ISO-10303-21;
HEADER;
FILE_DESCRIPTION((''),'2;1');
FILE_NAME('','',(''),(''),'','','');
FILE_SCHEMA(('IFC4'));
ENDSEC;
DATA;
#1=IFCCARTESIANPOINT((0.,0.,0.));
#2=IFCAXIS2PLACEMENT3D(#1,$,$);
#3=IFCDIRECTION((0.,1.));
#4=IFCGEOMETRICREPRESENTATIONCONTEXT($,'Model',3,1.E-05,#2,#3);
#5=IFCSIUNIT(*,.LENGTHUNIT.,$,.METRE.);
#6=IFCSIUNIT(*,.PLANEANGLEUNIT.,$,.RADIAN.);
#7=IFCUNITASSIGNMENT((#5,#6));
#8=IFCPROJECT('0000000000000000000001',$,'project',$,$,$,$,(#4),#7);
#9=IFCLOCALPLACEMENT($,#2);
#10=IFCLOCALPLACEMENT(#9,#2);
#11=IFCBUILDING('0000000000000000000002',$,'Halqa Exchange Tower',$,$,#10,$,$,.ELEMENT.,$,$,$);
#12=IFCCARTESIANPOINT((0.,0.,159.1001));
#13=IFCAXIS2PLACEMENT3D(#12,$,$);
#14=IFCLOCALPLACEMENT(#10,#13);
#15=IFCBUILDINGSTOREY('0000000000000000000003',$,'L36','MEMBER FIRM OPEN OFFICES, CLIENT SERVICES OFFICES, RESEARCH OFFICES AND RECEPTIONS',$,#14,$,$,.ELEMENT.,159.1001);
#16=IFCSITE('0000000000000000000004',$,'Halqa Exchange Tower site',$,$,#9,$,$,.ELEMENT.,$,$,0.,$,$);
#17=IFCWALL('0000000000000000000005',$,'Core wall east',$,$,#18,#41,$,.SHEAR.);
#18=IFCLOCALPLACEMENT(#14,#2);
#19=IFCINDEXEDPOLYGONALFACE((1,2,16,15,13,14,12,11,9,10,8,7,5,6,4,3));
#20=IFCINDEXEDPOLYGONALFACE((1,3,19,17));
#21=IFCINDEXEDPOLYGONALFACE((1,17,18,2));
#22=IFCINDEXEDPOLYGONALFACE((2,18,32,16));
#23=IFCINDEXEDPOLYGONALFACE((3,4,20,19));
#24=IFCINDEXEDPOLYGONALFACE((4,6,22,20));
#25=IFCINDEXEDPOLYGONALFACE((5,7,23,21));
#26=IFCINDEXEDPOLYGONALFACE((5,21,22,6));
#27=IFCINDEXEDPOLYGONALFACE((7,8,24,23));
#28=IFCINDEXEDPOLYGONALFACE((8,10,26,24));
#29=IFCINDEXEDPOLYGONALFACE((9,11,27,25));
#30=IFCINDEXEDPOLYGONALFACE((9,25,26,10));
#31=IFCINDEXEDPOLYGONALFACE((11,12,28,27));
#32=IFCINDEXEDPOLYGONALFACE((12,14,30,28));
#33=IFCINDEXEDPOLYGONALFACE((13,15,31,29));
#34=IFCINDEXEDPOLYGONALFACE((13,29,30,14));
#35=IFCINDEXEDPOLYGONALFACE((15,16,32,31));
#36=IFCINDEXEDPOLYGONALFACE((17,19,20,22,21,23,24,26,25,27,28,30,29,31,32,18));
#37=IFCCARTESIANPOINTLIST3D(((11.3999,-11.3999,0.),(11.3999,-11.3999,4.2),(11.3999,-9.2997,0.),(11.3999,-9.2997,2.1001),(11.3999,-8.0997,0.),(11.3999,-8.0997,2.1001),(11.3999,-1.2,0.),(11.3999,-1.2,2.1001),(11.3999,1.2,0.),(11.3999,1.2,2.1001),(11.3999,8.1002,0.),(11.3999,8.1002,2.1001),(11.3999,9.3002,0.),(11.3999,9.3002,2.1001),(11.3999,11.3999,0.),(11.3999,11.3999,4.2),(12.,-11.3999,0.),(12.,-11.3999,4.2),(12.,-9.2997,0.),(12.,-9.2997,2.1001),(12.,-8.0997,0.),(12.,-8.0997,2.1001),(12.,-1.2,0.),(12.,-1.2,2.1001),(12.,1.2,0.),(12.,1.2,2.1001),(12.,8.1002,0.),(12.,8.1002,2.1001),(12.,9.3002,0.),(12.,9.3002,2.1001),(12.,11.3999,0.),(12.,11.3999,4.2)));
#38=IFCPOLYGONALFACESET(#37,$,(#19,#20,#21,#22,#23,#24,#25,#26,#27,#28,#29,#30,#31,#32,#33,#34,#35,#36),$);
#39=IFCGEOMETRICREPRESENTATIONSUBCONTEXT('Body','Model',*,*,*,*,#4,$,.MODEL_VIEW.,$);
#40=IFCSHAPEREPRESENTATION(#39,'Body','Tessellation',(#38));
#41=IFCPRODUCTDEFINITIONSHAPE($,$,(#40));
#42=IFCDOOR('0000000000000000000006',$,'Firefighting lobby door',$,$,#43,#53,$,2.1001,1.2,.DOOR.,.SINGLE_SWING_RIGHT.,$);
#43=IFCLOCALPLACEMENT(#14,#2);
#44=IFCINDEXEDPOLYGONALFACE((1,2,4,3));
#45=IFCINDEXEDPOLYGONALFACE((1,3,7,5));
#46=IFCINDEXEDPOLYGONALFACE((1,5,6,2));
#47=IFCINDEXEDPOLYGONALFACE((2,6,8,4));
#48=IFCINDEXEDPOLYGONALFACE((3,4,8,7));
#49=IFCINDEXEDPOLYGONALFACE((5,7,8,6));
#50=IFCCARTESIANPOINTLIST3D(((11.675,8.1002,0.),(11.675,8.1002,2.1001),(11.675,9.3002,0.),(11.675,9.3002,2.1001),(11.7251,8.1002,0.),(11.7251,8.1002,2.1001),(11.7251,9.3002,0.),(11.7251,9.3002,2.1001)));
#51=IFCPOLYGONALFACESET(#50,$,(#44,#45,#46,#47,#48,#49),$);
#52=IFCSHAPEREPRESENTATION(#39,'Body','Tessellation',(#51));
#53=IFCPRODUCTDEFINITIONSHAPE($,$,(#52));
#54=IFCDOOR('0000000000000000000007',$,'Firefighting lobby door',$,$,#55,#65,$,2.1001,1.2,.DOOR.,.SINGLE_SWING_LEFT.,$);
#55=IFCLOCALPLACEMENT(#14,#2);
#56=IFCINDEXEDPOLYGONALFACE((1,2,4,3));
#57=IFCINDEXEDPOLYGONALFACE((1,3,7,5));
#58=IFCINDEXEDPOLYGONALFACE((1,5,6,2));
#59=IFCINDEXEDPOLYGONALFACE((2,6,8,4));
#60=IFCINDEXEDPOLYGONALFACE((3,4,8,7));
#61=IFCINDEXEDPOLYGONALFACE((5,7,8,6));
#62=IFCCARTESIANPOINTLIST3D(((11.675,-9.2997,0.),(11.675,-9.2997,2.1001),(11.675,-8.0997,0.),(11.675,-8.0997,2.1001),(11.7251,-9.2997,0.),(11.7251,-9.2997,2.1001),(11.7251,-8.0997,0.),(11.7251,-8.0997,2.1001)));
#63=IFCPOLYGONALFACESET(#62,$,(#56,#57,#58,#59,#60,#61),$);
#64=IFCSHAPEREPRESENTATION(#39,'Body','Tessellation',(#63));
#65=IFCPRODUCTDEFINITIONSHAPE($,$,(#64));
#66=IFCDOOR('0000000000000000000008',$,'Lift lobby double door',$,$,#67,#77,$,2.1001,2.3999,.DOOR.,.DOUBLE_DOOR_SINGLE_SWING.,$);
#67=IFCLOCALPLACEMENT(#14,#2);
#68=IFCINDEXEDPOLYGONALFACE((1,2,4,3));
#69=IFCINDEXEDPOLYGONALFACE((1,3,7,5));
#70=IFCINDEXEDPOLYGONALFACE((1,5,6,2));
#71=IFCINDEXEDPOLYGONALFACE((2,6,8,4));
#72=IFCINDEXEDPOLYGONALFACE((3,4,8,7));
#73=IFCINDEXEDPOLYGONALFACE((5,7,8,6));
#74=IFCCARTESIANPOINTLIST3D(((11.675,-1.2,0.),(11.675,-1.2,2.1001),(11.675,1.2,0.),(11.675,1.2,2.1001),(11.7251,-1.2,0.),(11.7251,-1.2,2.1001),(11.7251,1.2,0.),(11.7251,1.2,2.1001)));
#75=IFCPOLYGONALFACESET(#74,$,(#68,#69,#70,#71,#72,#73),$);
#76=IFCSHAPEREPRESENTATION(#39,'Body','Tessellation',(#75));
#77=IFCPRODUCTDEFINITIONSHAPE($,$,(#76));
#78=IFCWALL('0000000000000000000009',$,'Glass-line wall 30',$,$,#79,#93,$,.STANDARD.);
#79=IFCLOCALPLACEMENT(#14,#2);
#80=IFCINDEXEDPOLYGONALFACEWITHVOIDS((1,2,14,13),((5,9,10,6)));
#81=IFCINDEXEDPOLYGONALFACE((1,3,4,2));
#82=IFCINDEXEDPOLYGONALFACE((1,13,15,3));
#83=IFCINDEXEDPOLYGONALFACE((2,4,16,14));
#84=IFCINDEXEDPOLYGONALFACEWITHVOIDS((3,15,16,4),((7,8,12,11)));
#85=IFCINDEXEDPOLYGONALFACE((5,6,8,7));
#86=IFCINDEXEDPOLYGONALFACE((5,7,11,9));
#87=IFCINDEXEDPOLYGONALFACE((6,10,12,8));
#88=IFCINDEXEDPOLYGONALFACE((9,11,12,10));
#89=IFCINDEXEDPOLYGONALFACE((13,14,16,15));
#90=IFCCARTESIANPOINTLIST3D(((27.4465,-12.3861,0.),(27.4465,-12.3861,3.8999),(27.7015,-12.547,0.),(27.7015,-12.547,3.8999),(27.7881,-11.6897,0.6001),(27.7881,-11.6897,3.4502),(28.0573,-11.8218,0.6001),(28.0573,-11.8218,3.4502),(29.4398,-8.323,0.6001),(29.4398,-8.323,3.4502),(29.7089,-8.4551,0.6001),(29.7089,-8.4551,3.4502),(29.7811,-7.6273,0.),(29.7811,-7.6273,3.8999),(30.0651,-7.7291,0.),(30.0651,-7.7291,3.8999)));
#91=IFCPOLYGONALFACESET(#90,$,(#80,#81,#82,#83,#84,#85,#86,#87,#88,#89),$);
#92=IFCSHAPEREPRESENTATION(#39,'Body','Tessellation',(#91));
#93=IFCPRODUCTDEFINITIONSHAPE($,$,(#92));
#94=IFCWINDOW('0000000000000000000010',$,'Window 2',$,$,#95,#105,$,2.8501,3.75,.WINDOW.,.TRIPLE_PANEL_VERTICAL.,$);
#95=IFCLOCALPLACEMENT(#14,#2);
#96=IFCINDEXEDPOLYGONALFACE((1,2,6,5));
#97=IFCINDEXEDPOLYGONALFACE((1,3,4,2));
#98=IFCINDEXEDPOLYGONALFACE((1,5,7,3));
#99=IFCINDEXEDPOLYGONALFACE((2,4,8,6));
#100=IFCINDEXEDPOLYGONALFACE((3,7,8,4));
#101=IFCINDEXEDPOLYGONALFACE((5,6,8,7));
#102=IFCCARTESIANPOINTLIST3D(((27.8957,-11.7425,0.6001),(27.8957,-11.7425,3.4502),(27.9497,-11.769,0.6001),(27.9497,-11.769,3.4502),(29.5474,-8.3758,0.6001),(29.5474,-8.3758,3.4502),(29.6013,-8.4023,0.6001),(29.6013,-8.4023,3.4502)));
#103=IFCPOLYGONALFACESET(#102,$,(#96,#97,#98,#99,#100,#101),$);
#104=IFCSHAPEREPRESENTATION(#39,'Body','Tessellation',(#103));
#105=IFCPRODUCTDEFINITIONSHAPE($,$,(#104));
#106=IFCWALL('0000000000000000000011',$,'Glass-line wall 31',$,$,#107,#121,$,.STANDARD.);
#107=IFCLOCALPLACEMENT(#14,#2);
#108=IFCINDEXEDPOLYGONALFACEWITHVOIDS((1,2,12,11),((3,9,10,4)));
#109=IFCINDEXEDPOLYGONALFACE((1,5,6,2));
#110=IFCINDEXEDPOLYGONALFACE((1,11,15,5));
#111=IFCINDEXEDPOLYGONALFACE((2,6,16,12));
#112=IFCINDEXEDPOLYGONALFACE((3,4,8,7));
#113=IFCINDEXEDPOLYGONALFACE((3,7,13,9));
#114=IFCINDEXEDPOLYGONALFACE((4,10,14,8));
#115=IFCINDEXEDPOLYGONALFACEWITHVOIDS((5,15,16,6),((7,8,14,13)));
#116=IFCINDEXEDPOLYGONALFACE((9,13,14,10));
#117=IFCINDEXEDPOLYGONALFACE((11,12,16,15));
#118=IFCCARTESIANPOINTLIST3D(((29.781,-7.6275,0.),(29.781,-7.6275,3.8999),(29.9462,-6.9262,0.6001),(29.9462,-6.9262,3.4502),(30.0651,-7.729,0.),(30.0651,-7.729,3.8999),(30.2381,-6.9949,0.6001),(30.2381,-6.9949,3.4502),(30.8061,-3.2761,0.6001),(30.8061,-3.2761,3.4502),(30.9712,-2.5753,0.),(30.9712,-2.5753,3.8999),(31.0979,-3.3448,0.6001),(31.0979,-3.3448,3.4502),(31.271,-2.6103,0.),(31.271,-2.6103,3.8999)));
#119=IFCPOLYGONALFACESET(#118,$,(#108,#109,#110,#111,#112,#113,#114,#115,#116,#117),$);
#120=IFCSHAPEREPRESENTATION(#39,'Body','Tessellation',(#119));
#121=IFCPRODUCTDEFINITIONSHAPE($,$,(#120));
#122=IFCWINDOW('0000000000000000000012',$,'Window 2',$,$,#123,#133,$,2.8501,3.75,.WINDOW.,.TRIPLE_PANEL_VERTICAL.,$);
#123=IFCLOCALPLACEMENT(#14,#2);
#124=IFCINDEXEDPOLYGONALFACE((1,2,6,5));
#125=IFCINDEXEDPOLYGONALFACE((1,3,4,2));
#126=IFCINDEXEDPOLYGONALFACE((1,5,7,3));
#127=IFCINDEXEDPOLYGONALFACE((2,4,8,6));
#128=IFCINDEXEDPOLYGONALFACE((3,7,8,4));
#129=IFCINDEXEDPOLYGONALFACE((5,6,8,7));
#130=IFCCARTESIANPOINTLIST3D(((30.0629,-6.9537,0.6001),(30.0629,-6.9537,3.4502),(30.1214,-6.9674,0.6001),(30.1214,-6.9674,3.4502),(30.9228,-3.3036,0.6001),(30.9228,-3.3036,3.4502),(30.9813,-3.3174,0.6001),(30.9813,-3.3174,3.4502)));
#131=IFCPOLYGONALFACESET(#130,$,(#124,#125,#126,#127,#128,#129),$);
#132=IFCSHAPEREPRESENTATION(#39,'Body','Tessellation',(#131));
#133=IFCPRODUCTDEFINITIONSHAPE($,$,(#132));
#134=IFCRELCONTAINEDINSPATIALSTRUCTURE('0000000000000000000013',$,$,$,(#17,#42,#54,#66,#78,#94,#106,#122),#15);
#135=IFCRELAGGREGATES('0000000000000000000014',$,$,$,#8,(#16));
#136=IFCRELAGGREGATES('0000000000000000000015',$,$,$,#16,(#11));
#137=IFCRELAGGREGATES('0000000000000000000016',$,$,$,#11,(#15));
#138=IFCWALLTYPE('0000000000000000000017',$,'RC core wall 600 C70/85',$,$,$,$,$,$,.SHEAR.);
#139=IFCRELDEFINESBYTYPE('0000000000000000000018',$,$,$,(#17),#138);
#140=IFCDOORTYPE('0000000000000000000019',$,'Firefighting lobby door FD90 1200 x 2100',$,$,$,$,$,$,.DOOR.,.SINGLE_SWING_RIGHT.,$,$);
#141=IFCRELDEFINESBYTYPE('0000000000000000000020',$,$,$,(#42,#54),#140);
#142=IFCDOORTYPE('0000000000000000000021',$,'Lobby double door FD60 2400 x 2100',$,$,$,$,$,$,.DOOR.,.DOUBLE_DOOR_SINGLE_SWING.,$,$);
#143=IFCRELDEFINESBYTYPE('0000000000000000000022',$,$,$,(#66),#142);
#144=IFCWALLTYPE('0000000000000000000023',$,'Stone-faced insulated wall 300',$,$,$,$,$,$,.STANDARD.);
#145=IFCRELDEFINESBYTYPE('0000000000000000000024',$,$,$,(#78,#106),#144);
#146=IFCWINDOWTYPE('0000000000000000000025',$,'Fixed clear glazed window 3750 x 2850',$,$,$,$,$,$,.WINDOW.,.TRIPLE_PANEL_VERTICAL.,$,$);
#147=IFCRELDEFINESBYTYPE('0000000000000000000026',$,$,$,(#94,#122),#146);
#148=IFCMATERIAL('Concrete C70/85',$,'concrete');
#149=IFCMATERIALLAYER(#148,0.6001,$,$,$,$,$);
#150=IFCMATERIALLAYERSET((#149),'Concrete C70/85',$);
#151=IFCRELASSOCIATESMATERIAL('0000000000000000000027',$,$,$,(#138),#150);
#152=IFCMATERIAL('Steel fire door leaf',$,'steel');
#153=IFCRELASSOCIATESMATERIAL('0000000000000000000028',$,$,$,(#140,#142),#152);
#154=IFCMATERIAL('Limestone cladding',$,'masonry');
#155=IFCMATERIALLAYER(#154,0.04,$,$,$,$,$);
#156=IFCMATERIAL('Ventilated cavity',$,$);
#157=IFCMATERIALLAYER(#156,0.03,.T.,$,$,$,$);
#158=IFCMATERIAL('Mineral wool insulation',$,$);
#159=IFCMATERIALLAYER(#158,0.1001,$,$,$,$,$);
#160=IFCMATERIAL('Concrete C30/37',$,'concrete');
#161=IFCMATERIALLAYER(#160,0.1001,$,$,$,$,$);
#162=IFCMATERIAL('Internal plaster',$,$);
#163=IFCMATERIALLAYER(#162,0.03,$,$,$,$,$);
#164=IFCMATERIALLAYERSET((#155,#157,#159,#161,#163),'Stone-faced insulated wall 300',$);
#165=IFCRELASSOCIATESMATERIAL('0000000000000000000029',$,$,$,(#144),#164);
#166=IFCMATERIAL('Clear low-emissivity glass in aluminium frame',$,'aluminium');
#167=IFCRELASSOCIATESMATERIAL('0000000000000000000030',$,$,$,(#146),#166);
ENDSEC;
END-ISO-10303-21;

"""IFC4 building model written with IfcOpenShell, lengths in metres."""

from ifc_helpers import new_model, si_unit, direction, frame, frame_2d, origin, place, context, subcontext, project, spatial, polyline, rectangle, outline, extrude, material, layer, layer_set, type_object, element, fill, save


model = new_model("IFC4")

# Units and contexts
model_context = context("Model", 3, precision=1e-05, world=origin(), true_north=direction((0.0, 1.0)))
body_context = subcontext(model_context, "Body", "Model", "MODEL_VIEW")
ifc_project = project(units=[si_unit("LENGTHUNIT", "METRE"), si_unit("PLANEANGLEUNIT", "RADIAN")], contexts=[model_context])

# Site, building, storey
site_placement = place(None, origin())
site = spatial("IfcSite", under=ifc_project, at=site_placement, Name="Halqa Exchange Tower site", CompositionType="ELEMENT", RefElevation=0.0)
building_placement = place(site_placement, origin())
building = spatial("IfcBuilding", under=site, at=building_placement, Name="Halqa Exchange Tower", CompositionType="ELEMENT")
storey_placement = place(building_placement, frame((0.0, 0.0, 159.1001)))
storey = spatial("IfcBuildingStorey", under=building, at=storey_placement, Name="L36", Description="MEMBER FIRM OPEN OFFICES, CLIENT SERVICES OFFICES, RESEARCH OFFICES AND RECEPTIONS", CompositionType="ELEMENT", Elevation=159.1001)

# Shared definitions
ifc_material_1 = material(Name="Concrete C70/85", Category="concrete")

# Wall, openings, doors
ifc_layer_1 = layer(ifc_material_1, 0.6001)
ifc_layer_set_1 = layer_set([ifc_layer_1], Name="Concrete C70/85")
wall_type_1 = type_object("IfcWallType", Name="RC core wall 600 C70/85", PredefinedType="SHEAR", material=ifc_layer_set_1)
wall_1_placement = place(storey_placement, frame((11.7, -11.3999, 0.0), z_axis=(0.0, 0.0, 1.0), x_axis=(0.0, 1.0, 0.0)))
wall_1 = element("IfcWall", 1, at=wall_1_placement, inside=storey, type_object=wall_type_1, Name="Core wall east", PredefinedType="SHEAR", context=body_context, shape_type="SweptSolid", body=[
    extrude(rectangle(XDim=22.7998, YDim=0.6001, at=frame_2d((11.3999, 0.0))), origin(), (0.0, 0.0, 1.0), 4.2),
])
opening_1_placement = place(wall_1_placement, frame((10.2, 0.0, 0.0)))
opening_1 = element("IfcOpeningElement", 2, at=opening_1_placement, cuts=wall_1, PredefinedType="OPENING", context=body_context, shape_type="SweptSolid", body=[
    extrude(rectangle(XDim=2.3999, YDim=2.1001, at=frame_2d((1.2, 1.05))), frame((0.0, 0.312, 0.0), z_axis=(0.0, -1.0, 0.0), x_axis=(1.0, 0.0, 0.0)), (0.0, 0.0, 1.0), 0.624),
])
opening_2_placement = place(wall_1_placement, frame((19.5, 0.0, 0.0)))
opening_2 = element("IfcOpeningElement", 3, at=opening_2_placement, cuts=wall_1, PredefinedType="OPENING", context=body_context, shape_type="SweptSolid", body=[
    extrude(rectangle(XDim=1.2, YDim=2.1001, at=frame_2d((0.6001, 1.05))), frame((0.0, 0.312, 0.0), z_axis=(0.0, -1.0, 0.0), x_axis=(1.0, 0.0, 0.0)), (0.0, 0.0, 1.0), 0.624),
])
opening_3_placement = place(wall_1_placement, frame((2.1001, 0.0, 0.0)))
opening_3 = element("IfcOpeningElement", 4, at=opening_3_placement, cuts=wall_1, PredefinedType="OPENING", context=body_context, shape_type="SweptSolid", body=[
    extrude(rectangle(XDim=1.2, YDim=2.1001, at=frame_2d((0.6001, 1.05))), frame((0.0, 0.312, 0.0), z_axis=(0.0, -1.0, 0.0), x_axis=(1.0, 0.0, 0.0)), (0.0, 0.0, 1.0), 0.624),
])
ifc_material_2 = material(Name="Steel fire door leaf", Category="steel")
door_type_1 = type_object("IfcDoorType", Name="Firefighting lobby door FD90 1200 x 2100", OperationType="SINGLE_SWING_RIGHT", PredefinedType="DOOR", material=ifc_material_2)
door_1_placement = place(opening_2_placement, origin())
door_1 = element("IfcDoor", 5, at=door_1_placement, inside=storey, type_object=door_type_1, Name="Firefighting lobby door", OperationType="SINGLE_SWING_RIGHT", OverallHeight=2.1001, OverallWidth=1.2, PredefinedType="DOOR", context=body_context, shape_type="SweptSolid", body=[
    extrude(rectangle(XDim=1.2, YDim=2.1001, at=frame_2d((0.6001, 1.05))), frame((0.0, 0.0249, 0.0), z_axis=(0.0, -1.0, 0.0), x_axis=(1.0, 0.0, 0.0)), (0.0, 0.0, 1.0), 0.05),
])
fill(opening_2, door_1)
door_2_placement = place(opening_3_placement, origin())
door_2 = element("IfcDoor", 6, at=door_2_placement, inside=storey, type_object=door_type_1, Name="Firefighting lobby door", OperationType="SINGLE_SWING_LEFT", OverallHeight=2.1001, OverallWidth=1.2, PredefinedType="DOOR", context=body_context, shape_type="SweptSolid", body=[
    extrude(rectangle(XDim=1.2, YDim=2.1001, at=frame_2d((0.6001, 1.05))), frame((0.0, 0.0249, 0.0), z_axis=(0.0, -1.0, 0.0), x_axis=(1.0, 0.0, 0.0)), (0.0, 0.0, 1.0), 0.05),
])
fill(opening_3, door_2)
door_type_2 = type_object("IfcDoorType", Name="Lobby double door FD60 2400 x 2100", OperationType="DOUBLE_DOOR_SINGLE_SWING", PredefinedType="DOOR", material=ifc_material_2)
door_3_placement = place(opening_1_placement, origin())
door_3 = element("IfcDoor", 7, at=door_3_placement, inside=storey, type_object=door_type_2, Name="Lift lobby double door", OperationType="DOUBLE_DOOR_SINGLE_SWING", OverallHeight=2.1001, OverallWidth=2.3999, PredefinedType="DOOR", context=body_context, shape_type="SweptSolid", body=[
    extrude(rectangle(XDim=2.3999, YDim=2.1001, at=frame_2d((1.2, 1.05))), frame((0.0, 0.0249, 0.0), z_axis=(0.0, -1.0, 0.0), x_axis=(1.0, 0.0, 0.0)), (0.0, 0.0, 1.0), 0.05),
])
fill(opening_1, door_3)

# Walls, openings, windows
ifc_material_3 = material(Name="Limestone cladding", Category="masonry")
ifc_layer_2 = layer(ifc_material_3, 0.04)
ifc_material_4 = material(Name="Ventilated cavity")
ifc_layer_3 = layer(ifc_material_4, 0.03, ventilated=True)
ifc_material_5 = material(Name="Mineral wool insulation")
ifc_layer_4 = layer(ifc_material_5, 0.1001)
ifc_material_6 = material(Name="Concrete C30/37", Category="concrete")
ifc_layer_5 = layer(ifc_material_6, 0.1001)
ifc_material_7 = material(Name="Internal plaster")
ifc_layer_6 = layer(ifc_material_7, 0.03)
ifc_layer_set_2 = layer_set([ifc_layer_2, ifc_layer_3, ifc_layer_4, ifc_layer_5, ifc_layer_6], Name="Stone-faced insulated wall 300")
wall_type_2 = type_object("IfcWallType", Name="Stone-faced insulated wall 300", PredefinedType="STANDARD", material=ifc_layer_set_2)
wall_2_placement = place(storey_placement, frame((27.574, -12.4666, 0.0), z_axis=(0.0, 0.0, 1.0), x_axis=(0.440444, 0.89778, 0.0)))
wall_2 = element("IfcWall", 8, at=wall_2_placement, inside=storey, type_object=wall_type_2, Name="Glass-line wall 30", PredefinedType="STANDARD", context=body_context, shape_type="SweptSolid", body=[
    extrude(outline(polyline([(-0.0161, -0.1499), (5.3503, -0.1499), (5.3167, 0.1499), (0.0161, 0.1499), (-0.0161, -0.1499)])), origin(), (0.0, 0.0, 1.0), 3.8999),
])
opening_4_placement = place(wall_2_placement, frame((0.7917, 0.0, 0.6001)))
opening_4 = element("IfcOpeningElement", 9, at=opening_4_placement, cuts=wall_2, PredefinedType="OPENING", context=body_context, shape_type="SweptSolid", body=[
    extrude(rectangle(XDim=3.75, YDim=2.8501, at=frame_2d((1.875, 1.425))), frame((0.0, 0.1621, 0.0), z_axis=(0.0, -1.0, 0.0), x_axis=(1.0, 0.0, 0.0)), (0.0, 0.0, 1.0), 0.324),
])
ifc_material_8 = material(Name="Clear low-emissivity glass in aluminium frame", Category="aluminium")
window_type = type_object("IfcWindowType", Name="Fixed clear glazed window 3750 x 2850", PartitioningType="TRIPLE_PANEL_VERTICAL", PredefinedType="WINDOW", material=ifc_material_8)
window_1_placement = place(opening_4_placement, origin())
window_1 = element("IfcWindow", 10, at=window_1_placement, inside=storey, type_object=window_type, Name="Window 2", OverallHeight=2.8501, OverallWidth=3.75, PartitioningType="TRIPLE_PANEL_VERTICAL", PredefinedType="WINDOW", context=body_context, shape_type="SweptSolid", body=[
    extrude(rectangle(XDim=3.75, YDim=2.8501, at=frame_2d((1.875, 1.425))), frame((0.0, 0.03, 0.0), z_axis=(0.0, -1.0, 0.0), x_axis=(1.0, 0.0, 0.0)), (0.0, 0.0, 1.0), 0.0601),
])
fill(opening_4, window_1)
wall_3_placement = place(storey_placement, frame((29.9231, -7.6782, 0.0), z_axis=(0.0, 0.0, 1.0), x_axis=(0.229297, 0.973356, 0.0)))
wall_3 = element("IfcWall", 11, at=wall_3_placement, inside=storey, type_object=wall_type_2, Name="Glass-line wall 31", PredefinedType="STANDARD", context=body_context, shape_type="SweptSolid", body=[
    extrude(outline(polyline([(-0.0168, -0.1499), (5.2419, -0.1499), (5.2073, 0.1499), (0.0168, 0.1499), (-0.0168, -0.1499)])), origin(), (0.0, 0.0, 1.0), 3.8999),
])
opening_5_placement = place(wall_3_placement, frame((0.7373, 0.0, 0.6001)))
opening_5 = element("IfcOpeningElement", 12, at=opening_5_placement, cuts=wall_3, PredefinedType="OPENING", context=body_context, shape_type="SweptSolid", body=[
    extrude(rectangle(XDim=3.75, YDim=2.8501, at=frame_2d((1.875, 1.425))), frame((0.0, 0.1621, 0.0), z_axis=(0.0, -1.0, 0.0), x_axis=(1.0, 0.0, 0.0)), (0.0, 0.0, 1.0), 0.324),
])
window_2_placement = place(opening_5_placement, origin())
window_2 = element("IfcWindow", 13, at=window_2_placement, inside=storey, type_object=window_type, Name="Window 2", OverallHeight=2.8501, OverallWidth=3.75, PartitioningType="TRIPLE_PANEL_VERTICAL", PredefinedType="WINDOW", context=body_context, shape_type="SweptSolid", body=[
    extrude(rectangle(XDim=3.75, YDim=2.8501, at=frame_2d((1.875, 1.425))), frame((0.0, 0.03, 0.0), z_axis=(0.0, -1.0, 0.0), x_axis=(1.0, 0.0, 0.0)), (0.0, 0.0, 1.0), 0.0601),
])
fill(opening_5, window_2)

save(model, "model.ifc")
